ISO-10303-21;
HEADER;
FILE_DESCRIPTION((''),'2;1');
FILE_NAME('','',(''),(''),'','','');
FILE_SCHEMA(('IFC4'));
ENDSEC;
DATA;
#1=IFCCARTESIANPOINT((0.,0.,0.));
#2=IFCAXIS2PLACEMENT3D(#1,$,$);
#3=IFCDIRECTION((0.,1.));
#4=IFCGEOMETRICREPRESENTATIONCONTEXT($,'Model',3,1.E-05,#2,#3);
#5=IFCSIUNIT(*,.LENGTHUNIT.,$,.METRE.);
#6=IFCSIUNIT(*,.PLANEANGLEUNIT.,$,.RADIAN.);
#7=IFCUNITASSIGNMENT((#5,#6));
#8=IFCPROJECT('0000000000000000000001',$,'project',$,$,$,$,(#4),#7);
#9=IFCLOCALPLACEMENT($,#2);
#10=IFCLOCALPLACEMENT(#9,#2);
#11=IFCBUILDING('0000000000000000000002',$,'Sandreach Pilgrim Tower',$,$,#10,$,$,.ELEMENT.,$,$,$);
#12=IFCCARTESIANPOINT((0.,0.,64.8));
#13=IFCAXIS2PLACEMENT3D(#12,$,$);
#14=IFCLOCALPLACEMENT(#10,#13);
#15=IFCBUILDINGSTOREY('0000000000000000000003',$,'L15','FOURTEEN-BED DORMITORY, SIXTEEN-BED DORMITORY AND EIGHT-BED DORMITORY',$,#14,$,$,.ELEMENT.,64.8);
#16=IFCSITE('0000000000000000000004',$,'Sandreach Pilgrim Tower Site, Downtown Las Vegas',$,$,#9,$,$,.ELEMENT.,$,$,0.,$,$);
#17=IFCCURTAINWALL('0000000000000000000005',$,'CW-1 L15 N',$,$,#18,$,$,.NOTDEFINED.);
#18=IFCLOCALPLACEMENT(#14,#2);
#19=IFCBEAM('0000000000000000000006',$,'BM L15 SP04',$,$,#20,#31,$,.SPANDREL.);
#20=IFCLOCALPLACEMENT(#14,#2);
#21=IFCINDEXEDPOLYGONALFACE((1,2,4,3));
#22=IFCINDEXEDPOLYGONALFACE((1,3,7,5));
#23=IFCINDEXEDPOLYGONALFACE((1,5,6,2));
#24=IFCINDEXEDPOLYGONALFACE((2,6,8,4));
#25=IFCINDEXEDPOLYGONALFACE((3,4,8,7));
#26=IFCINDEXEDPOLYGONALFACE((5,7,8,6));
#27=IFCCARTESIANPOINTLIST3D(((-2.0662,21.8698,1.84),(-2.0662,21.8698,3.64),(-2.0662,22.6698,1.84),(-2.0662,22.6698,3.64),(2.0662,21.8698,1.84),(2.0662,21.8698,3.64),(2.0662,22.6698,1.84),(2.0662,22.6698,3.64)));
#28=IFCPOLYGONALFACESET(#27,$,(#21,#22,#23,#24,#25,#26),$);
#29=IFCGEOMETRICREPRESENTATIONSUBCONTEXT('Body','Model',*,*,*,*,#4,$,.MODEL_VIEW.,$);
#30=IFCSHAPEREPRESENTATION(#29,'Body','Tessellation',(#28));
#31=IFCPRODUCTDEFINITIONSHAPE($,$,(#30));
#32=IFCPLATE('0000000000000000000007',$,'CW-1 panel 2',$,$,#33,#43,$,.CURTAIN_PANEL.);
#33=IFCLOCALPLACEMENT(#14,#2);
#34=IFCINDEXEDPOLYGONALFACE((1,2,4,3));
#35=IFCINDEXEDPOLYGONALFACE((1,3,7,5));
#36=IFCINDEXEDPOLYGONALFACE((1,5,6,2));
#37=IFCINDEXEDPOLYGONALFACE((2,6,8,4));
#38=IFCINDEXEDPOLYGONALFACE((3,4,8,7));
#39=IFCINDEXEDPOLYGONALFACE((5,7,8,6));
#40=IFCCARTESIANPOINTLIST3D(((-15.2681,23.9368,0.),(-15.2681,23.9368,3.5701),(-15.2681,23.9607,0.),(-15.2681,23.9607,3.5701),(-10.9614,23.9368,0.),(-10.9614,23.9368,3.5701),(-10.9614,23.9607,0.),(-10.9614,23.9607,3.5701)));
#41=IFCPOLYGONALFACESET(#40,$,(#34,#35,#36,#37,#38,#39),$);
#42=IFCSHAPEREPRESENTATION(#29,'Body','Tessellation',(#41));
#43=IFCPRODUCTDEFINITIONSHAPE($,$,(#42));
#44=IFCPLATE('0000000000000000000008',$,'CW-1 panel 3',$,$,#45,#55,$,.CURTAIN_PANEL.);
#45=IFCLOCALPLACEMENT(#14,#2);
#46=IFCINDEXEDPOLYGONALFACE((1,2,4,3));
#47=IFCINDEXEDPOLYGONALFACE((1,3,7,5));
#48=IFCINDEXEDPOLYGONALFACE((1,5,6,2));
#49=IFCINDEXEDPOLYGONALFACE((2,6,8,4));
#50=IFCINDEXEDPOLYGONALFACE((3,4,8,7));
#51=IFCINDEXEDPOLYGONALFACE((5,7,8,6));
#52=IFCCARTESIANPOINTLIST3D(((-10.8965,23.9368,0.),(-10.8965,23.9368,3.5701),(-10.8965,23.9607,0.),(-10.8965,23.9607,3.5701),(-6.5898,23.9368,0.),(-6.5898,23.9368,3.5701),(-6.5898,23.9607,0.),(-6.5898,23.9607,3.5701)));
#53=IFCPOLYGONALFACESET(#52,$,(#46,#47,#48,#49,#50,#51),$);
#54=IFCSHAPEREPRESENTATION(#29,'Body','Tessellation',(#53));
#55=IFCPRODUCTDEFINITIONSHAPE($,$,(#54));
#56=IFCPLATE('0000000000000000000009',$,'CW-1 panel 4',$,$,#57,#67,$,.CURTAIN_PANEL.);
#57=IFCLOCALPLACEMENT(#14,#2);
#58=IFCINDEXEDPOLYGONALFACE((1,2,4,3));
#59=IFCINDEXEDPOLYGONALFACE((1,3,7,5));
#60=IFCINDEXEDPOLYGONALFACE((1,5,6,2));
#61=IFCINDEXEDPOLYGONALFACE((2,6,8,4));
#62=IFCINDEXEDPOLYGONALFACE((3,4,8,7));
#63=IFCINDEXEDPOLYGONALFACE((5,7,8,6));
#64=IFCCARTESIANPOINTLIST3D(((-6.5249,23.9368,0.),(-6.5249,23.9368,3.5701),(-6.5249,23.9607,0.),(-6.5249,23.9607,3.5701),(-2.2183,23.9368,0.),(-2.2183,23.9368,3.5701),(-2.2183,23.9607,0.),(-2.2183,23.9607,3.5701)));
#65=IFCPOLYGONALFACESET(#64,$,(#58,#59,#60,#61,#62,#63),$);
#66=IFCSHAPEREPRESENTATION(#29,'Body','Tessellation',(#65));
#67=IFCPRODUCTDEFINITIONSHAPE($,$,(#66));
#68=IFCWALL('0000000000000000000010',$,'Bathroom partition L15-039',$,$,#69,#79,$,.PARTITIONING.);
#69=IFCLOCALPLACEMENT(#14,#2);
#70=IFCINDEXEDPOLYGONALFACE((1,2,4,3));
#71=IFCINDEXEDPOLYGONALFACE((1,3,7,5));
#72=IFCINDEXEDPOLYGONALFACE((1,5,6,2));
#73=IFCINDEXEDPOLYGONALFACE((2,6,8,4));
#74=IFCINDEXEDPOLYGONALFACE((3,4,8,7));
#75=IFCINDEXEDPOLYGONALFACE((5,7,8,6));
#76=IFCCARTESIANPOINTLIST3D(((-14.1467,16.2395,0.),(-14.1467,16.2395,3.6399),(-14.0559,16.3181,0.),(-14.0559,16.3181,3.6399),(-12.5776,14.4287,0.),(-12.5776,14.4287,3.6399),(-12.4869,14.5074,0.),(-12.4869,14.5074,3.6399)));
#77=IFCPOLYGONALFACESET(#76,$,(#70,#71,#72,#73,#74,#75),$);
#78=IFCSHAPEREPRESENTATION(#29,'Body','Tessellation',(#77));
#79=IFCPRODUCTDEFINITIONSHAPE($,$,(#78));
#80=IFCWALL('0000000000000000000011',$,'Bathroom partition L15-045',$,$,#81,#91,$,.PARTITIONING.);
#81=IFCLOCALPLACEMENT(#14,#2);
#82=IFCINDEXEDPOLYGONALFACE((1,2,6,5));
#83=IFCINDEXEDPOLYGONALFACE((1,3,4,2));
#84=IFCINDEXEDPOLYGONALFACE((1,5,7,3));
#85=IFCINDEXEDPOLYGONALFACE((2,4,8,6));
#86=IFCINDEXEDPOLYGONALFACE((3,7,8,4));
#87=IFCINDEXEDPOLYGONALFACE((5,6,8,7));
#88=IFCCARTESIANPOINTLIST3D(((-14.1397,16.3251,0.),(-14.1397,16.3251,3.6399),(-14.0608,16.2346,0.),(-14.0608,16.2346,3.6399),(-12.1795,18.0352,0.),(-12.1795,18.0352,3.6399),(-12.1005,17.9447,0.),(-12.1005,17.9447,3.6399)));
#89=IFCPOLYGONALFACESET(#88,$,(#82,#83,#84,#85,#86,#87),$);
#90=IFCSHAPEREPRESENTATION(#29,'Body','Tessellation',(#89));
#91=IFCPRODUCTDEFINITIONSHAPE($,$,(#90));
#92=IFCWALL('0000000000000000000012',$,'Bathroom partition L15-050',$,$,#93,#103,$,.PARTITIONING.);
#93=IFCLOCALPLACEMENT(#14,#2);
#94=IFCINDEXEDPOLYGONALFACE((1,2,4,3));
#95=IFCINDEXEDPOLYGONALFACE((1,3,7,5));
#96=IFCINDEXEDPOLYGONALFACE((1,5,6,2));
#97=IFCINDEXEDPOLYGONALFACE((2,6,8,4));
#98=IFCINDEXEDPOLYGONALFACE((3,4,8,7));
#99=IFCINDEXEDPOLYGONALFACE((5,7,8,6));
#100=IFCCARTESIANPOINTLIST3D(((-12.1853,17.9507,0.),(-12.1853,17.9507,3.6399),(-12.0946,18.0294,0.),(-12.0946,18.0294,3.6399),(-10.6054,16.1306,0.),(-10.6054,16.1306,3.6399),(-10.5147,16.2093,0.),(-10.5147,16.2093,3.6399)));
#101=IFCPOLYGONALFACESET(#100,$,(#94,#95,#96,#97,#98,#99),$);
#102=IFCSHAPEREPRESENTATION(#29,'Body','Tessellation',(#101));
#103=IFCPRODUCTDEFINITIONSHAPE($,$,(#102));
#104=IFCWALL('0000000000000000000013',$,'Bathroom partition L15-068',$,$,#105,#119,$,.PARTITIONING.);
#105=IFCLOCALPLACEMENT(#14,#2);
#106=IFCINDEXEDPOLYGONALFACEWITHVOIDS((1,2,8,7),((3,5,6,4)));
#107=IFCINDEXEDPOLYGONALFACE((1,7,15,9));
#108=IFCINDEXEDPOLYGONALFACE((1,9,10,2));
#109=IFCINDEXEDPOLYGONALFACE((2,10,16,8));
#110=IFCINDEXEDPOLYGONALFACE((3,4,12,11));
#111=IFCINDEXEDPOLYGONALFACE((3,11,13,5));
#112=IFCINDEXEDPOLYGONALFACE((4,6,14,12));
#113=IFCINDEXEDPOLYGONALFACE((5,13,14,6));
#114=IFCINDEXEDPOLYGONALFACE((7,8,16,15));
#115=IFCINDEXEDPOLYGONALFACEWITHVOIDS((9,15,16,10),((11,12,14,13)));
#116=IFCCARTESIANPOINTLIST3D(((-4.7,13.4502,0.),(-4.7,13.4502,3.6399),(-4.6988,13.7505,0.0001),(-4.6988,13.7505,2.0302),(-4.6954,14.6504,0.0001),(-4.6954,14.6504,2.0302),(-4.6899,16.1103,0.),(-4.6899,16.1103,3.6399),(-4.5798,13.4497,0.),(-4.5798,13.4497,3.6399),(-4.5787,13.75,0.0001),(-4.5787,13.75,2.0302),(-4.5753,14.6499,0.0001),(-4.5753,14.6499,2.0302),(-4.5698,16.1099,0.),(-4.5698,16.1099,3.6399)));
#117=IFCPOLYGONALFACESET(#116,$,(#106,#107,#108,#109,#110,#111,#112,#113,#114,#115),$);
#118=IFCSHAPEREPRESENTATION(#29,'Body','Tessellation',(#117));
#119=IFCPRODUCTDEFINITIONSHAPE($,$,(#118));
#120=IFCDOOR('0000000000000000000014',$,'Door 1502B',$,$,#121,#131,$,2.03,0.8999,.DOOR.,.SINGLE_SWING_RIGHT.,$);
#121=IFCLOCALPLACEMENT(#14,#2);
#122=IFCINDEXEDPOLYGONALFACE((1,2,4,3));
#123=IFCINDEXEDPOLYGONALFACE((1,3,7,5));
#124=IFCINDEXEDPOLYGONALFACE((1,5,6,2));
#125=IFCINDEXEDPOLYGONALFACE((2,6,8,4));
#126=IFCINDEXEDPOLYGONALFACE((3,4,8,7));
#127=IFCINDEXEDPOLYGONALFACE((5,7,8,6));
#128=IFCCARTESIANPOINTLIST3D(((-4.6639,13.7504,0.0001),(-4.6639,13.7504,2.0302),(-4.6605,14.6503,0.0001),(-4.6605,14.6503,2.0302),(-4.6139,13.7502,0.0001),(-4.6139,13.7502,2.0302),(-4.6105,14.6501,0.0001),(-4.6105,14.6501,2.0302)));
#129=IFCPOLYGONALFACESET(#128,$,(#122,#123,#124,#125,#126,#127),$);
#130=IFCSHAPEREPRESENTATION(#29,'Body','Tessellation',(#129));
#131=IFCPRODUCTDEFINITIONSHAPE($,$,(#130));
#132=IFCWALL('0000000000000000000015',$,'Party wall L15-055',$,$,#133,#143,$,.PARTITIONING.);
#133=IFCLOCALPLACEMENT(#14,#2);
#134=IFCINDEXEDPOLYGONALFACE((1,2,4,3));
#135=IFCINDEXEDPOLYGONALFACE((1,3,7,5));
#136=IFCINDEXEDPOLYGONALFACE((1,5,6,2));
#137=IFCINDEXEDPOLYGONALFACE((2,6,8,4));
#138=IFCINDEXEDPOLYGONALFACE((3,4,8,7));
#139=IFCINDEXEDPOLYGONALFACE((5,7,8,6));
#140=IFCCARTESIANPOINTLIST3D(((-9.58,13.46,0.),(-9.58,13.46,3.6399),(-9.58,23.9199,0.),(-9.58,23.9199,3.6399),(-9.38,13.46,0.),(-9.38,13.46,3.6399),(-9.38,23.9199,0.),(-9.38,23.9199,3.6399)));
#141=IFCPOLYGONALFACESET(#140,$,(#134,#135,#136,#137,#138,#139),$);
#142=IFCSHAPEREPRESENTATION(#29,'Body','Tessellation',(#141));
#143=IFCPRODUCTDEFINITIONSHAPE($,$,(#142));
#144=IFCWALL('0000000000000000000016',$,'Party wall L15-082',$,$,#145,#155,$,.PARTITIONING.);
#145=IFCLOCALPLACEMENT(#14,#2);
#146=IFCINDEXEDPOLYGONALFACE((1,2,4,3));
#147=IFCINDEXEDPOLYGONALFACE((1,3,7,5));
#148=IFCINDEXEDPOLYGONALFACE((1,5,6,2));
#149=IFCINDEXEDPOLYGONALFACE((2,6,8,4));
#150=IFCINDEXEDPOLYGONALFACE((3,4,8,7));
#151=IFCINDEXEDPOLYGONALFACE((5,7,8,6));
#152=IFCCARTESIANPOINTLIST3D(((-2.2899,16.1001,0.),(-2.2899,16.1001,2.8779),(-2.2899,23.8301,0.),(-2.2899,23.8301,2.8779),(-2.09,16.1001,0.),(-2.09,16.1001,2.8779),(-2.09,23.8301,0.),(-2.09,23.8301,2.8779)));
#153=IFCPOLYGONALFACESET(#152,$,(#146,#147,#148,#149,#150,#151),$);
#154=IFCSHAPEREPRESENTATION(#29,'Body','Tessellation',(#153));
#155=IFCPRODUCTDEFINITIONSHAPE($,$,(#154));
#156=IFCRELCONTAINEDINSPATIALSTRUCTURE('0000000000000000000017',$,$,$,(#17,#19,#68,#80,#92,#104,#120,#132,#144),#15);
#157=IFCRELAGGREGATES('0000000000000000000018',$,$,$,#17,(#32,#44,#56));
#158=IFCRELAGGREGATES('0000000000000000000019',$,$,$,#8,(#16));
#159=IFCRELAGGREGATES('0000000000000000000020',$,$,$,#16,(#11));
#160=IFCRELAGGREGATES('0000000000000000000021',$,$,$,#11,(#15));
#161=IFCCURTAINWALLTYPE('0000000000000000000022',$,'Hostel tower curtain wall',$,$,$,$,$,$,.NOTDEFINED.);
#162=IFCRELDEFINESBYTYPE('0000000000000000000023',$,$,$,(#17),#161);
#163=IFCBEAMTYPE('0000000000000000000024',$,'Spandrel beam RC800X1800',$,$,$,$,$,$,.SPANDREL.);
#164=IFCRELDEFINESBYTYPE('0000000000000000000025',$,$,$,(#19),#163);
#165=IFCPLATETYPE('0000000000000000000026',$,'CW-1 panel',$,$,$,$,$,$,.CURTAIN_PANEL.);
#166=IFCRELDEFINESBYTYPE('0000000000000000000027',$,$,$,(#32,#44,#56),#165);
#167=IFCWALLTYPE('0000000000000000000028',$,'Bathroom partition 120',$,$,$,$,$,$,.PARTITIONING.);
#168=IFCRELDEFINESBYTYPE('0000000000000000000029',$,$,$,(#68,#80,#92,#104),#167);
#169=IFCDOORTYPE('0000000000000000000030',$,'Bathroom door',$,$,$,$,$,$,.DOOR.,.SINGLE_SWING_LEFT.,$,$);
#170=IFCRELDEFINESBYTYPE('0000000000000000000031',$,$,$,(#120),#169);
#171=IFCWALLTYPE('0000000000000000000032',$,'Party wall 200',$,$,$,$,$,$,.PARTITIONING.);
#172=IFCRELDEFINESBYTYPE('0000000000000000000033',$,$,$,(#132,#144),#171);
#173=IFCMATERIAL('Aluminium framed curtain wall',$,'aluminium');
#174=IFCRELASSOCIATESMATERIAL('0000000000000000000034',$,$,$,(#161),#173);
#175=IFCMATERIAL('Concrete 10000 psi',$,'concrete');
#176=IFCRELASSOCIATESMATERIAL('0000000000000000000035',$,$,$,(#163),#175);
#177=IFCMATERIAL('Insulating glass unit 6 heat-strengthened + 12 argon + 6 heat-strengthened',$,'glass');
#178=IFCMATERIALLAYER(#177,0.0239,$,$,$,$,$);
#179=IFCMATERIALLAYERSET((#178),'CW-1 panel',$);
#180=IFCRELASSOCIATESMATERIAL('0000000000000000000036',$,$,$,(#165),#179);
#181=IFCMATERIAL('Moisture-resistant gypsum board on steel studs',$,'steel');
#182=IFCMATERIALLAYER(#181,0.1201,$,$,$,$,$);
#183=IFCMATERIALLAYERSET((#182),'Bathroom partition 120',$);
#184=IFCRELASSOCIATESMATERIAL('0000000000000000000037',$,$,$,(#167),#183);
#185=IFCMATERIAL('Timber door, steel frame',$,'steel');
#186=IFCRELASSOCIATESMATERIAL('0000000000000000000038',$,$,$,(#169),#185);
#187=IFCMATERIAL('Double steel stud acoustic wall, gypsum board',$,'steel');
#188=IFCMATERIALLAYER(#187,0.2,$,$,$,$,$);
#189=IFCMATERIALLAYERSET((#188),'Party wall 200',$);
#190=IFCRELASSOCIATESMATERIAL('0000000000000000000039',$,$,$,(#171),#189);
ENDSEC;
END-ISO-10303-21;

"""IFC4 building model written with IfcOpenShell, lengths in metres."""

from ifc_helpers import new_model, si_unit, direction, frame, frame_2d, origin, origin_2d, place, context, subcontext, project, spatial, rectangle, extrude, material, layer, layer_set, material_profile, profile_set, type_object, element, fill, aggregate, save


model = new_model("IFC4")

# Units and contexts
model_context = context("Model", 3, precision=1e-05, world=origin(), true_north=direction((0.0, 1.0)))
body_context = subcontext(model_context, "Body", "Model", "MODEL_VIEW")
ifc_project = project(units=[si_unit("LENGTHUNIT", "METRE"), si_unit("PLANEANGLEUNIT", "RADIAN")], contexts=[model_context])

# Site, building, storey
site_placement = place(None, origin())
site = spatial("IfcSite", under=ifc_project, at=site_placement, Name="Sandreach Pilgrim Tower Site, Downtown Las Vegas", CompositionType="ELEMENT", RefElevation=0.0)
building_placement = place(site_placement, origin())
building = spatial("IfcBuilding", under=site, at=building_placement, Name="Sandreach Pilgrim Tower", CompositionType="ELEMENT")
storey_placement = place(building_placement, frame((0.0, 0.0, 64.8)))
storey = spatial("IfcBuildingStorey", under=building, at=storey_placement, Name="L15", Description="FOURTEEN-BED DORMITORY, SIXTEEN-BED DORMITORY AND EIGHT-BED DORMITORY", CompositionType="ELEMENT", Elevation=64.8)

# Curtain wall
ifc_material_1 = material(Name="Aluminium framed curtain wall", Category="aluminium")
curtain_wall_type = type_object("IfcCurtainWallType", Name="Hostel tower curtain wall", PredefinedType="NOTDEFINED", material=ifc_material_1)
curtain_wall_placement = place(storey_placement, origin())
curtain_wall = element("IfcCurtainWall", 1, at=curtain_wall_placement, inside=storey, type_object=curtain_wall_type, Name="CW-1 L15 N", PredefinedType="NOTDEFINED")

# Beam
ifc_material_2 = material(Name="Concrete 10000 psi", Category="concrete")
ifc_material_profile_1 = material_profile(ifc_material_2, rectangle(XDim=0.8, YDim=1.8, at=origin_2d()), Name="RC800X1800")
ifc_profile_set_1 = profile_set([ifc_material_profile_1], Name="Concrete 10000 psi")
beam_type_1 = type_object("IfcBeamType", Name="Spandrel beam RC800X1800", PredefinedType="SPANDREL", material=ifc_profile_set_1)
beam_1_placement = place(storey_placement, frame((-2.0662, 22.2698, 2.74), z_axis=(1.0, 0.0, 0.0), x_axis=(0.0, 1.0, 0.0)))
element("IfcBeam", 2, at=beam_1_placement, inside=storey, type_object=beam_type_1, Name="BM L15 SP04", PredefinedType="SPANDREL", context=body_context, shape_type="SweptSolid", body=[
    extrude(rectangle(XDim=0.8, YDim=1.8, at=origin_2d()), origin(), (0.0, 0.0, 1.0), 4.1323),
])

# Plates
ifc_material_3 = material(Name="Insulating glass unit 6 heat-strengthened + 12 argon + 6 heat-strengthened", Category="glass")
ifc_layer_1 = layer(ifc_material_3, 0.0239)
ifc_layer_set_1 = layer_set([ifc_layer_1], Name="CW-1 panel")
plate_type = type_object("IfcPlateType", Name="CW-1 panel", PredefinedType="CURTAIN_PANEL", material=ifc_layer_set_1)
plate_1_placement = place(storey_placement, frame((-13.1147, 23.9487, 0.0), z_axis=(0.0, 0.0, 1.0), x_axis=(1.0, 0.0, 0.0)))
plate_1 = element("IfcPlate", 3, at=plate_1_placement, type_object=plate_type, Name="CW-1 panel 2", PredefinedType="CURTAIN_PANEL", context=body_context, shape_type="SweptSolid", body=[
    extrude(rectangle(XDim=4.3066, YDim=0.0239, at=origin_2d()), origin(), (0.0, 0.0, 1.0), 3.5701),
])
plate_2_placement = place(storey_placement, frame((-8.7432, 23.9487, 0.0), z_axis=(0.0, 0.0, 1.0), x_axis=(1.0, 0.0, 0.0)))
plate_2 = element("IfcPlate", 4, at=plate_2_placement, type_object=plate_type, Name="CW-1 panel 3", PredefinedType="CURTAIN_PANEL", context=body_context, shape_type="SweptSolid", body=[
    extrude(rectangle(XDim=4.3066, YDim=0.0239, at=origin_2d()), origin(), (0.0, 0.0, 1.0), 3.5701),
])
plate_3_placement = place(storey_placement, frame((-4.3716, 23.9487, 0.0), z_axis=(0.0, 0.0, 1.0), x_axis=(1.0, 0.0, 0.0)))
plate_3 = element("IfcPlate", 5, at=plate_3_placement, type_object=plate_type, Name="CW-1 panel 4", PredefinedType="CURTAIN_PANEL", context=body_context, shape_type="SweptSolid", body=[
    extrude(rectangle(XDim=4.3066, YDim=0.0239, at=origin_2d()), origin(), (0.0, 0.0, 1.0), 3.5701),
])
aggregate(curtain_wall, [plate_1, plate_2, plate_3])

# Walls
ifc_material_4 = material(Name="Moisture-resistant gypsum board on steel studs", Category="steel")
ifc_layer_2 = layer(ifc_material_4, 0.1201)
ifc_layer_set_2 = layer_set([ifc_layer_2], Name="Bathroom partition 120")
wall_type_1 = type_object("IfcWallType", Name="Bathroom partition 120", PredefinedType="PARTITIONING", material=ifc_layer_set_2)
wall_1_placement = place(storey_placement, frame((-14.1013, 16.2788, 0.0), z_axis=(0.0, 0.0, 1.0), x_axis=(0.654868, -0.755743, 0.0)))
element("IfcWall", 6, at=wall_1_placement, inside=storey, type_object=wall_type_1, Name="Bathroom partition L15-039", PredefinedType="PARTITIONING", context=body_context, shape_type="SweptSolid", body=[
    extrude(rectangle(XDim=2.396, YDim=0.1201, at=frame_2d((1.198, 0.0))), origin(), (0.0, 0.0, 1.0), 3.6399),
])
wall_2_placement = place(storey_placement, frame((-12.1399, 17.99, 0.0), z_axis=(0.0, 0.0, 1.0), x_axis=(-0.75357, -0.657368, 0.0)))
element("IfcWall", 7, at=wall_2_placement, inside=storey, type_object=wall_type_1, Name="Bathroom partition L15-045", PredefinedType="PARTITIONING", context=body_context, shape_type="SweptSolid", body=[
    extrude(rectangle(XDim=2.6013, YDim=0.1201, at=frame_2d((1.3008, 0.0))), origin(), (0.0, 0.0, 1.0), 3.6399),
])
wall_3_placement = place(storey_placement, frame((-10.5601, 16.1699, 0.0), z_axis=(0.0, 0.0, 1.0), x_axis=(-0.655509, 0.755188, 0.0)))
element("IfcWall", 8, at=wall_3_placement, inside=storey, type_object=wall_type_1, Name="Bathroom partition L15-050", PredefinedType="PARTITIONING", context=body_context, shape_type="SweptSolid", body=[
    extrude(rectangle(XDim=2.4102, YDim=0.1201, at=frame_2d((1.2051, 0.0))), origin(), (0.0, 0.0, 1.0), 3.6399),
])

# Wall, opening, door
wall_4_placement = place(storey_placement, frame((-4.6299, 16.1101, 0.0), z_axis=(0.0, 0.0, 1.0), x_axis=(-0.003763, -0.999993, 0.0)))
wall_4 = element("IfcWall", 9, at=wall_4_placement, inside=storey, type_object=wall_type_1, Name="Bathroom partition L15-068", PredefinedType="PARTITIONING", context=body_context, shape_type="SweptSolid", body=[
    extrude(rectangle(XDim=2.6602, YDim=0.1201, at=frame_2d((1.3301, 0.0))), origin(), (0.0, 0.0, 1.0), 3.6399),
])
opening_placement = place(wall_4_placement, frame((1.46, 0.0, 0.0)))
opening = element("IfcOpeningElement", 10, at=opening_placement, cuts=wall_4, PredefinedType="OPENING", context=body_context, shape_type="SweptSolid", body=[
    extrude(rectangle(XDim=0.8999, YDim=2.03, at=frame_2d((0.45, 1.0151))), frame((0.0, 0.0601, 0.0), z_axis=(0.0, -1.0, 0.0), x_axis=(1.0, 0.0, 0.0)), (0.0, 0.0, 1.0), 0.1201),
])
ifc_material_5 = material(Name="Timber door, steel frame", Category="steel")
door_type = type_object("IfcDoorType", Name="Bathroom door", OperationType="SINGLE_SWING_LEFT", PredefinedType="DOOR", material=ifc_material_5)
door_placement = place(opening_placement, origin())
door = element("IfcDoor", 11, at=door_placement, inside=storey, type_object=door_type, Name="Door 1502B", OperationType="SINGLE_SWING_RIGHT", OverallHeight=2.03, OverallWidth=0.8999, PredefinedType="DOOR", context=body_context, shape_type="SweptSolid", body=[
    extrude(rectangle(XDim=0.8999, YDim=2.03, at=frame_2d((0.45, 1.0151))), frame((0.0, 0.0249, 0.0), z_axis=(0.0, -1.0, 0.0), x_axis=(1.0, 0.0, 0.0)), (0.0, 0.0, 1.0), 0.05),
])
fill(opening, door)

# Walls
ifc_material_6 = material(Name="Double steel stud acoustic wall, gypsum board", Category="steel")
ifc_layer_3 = layer(ifc_material_6, 0.2)
ifc_layer_set_3 = layer_set([ifc_layer_3], Name="Party wall 200")
wall_type_2 = type_object("IfcWallType", Name="Party wall 200", PredefinedType="PARTITIONING", material=ifc_layer_set_3)
wall_5_placement = place(storey_placement, frame((-9.48, 23.9199, 0.0), z_axis=(0.0, 0.0, 1.0), x_axis=(0.0, -1.0, 0.0)))
element("IfcWall", 12, at=wall_5_placement, inside=storey, type_object=wall_type_2, Name="Party wall L15-055", PredefinedType="PARTITIONING", context=body_context, shape_type="SweptSolid", body=[
    extrude(rectangle(XDim=10.46, YDim=0.2, at=frame_2d((5.23, 0.0))), origin(), (0.0, 0.0, 1.0), 3.6399),
])
wall_6_placement = place(storey_placement, frame((-2.1899, 23.8301, 0.0), z_axis=(0.0, 0.0, 1.0), x_axis=(0.0, -1.0, 0.0)))
element("IfcWall", 13, at=wall_6_placement, inside=storey, type_object=wall_type_2, Name="Party wall L15-082", PredefinedType="PARTITIONING", context=body_context, shape_type="SweptSolid", body=[
    extrude(rectangle(XDim=7.73, YDim=0.2, at=frame_2d((3.865, 0.0))), origin(), (0.0, 0.0, 1.0), 2.8779),
])

save(model, "model.ifc")
